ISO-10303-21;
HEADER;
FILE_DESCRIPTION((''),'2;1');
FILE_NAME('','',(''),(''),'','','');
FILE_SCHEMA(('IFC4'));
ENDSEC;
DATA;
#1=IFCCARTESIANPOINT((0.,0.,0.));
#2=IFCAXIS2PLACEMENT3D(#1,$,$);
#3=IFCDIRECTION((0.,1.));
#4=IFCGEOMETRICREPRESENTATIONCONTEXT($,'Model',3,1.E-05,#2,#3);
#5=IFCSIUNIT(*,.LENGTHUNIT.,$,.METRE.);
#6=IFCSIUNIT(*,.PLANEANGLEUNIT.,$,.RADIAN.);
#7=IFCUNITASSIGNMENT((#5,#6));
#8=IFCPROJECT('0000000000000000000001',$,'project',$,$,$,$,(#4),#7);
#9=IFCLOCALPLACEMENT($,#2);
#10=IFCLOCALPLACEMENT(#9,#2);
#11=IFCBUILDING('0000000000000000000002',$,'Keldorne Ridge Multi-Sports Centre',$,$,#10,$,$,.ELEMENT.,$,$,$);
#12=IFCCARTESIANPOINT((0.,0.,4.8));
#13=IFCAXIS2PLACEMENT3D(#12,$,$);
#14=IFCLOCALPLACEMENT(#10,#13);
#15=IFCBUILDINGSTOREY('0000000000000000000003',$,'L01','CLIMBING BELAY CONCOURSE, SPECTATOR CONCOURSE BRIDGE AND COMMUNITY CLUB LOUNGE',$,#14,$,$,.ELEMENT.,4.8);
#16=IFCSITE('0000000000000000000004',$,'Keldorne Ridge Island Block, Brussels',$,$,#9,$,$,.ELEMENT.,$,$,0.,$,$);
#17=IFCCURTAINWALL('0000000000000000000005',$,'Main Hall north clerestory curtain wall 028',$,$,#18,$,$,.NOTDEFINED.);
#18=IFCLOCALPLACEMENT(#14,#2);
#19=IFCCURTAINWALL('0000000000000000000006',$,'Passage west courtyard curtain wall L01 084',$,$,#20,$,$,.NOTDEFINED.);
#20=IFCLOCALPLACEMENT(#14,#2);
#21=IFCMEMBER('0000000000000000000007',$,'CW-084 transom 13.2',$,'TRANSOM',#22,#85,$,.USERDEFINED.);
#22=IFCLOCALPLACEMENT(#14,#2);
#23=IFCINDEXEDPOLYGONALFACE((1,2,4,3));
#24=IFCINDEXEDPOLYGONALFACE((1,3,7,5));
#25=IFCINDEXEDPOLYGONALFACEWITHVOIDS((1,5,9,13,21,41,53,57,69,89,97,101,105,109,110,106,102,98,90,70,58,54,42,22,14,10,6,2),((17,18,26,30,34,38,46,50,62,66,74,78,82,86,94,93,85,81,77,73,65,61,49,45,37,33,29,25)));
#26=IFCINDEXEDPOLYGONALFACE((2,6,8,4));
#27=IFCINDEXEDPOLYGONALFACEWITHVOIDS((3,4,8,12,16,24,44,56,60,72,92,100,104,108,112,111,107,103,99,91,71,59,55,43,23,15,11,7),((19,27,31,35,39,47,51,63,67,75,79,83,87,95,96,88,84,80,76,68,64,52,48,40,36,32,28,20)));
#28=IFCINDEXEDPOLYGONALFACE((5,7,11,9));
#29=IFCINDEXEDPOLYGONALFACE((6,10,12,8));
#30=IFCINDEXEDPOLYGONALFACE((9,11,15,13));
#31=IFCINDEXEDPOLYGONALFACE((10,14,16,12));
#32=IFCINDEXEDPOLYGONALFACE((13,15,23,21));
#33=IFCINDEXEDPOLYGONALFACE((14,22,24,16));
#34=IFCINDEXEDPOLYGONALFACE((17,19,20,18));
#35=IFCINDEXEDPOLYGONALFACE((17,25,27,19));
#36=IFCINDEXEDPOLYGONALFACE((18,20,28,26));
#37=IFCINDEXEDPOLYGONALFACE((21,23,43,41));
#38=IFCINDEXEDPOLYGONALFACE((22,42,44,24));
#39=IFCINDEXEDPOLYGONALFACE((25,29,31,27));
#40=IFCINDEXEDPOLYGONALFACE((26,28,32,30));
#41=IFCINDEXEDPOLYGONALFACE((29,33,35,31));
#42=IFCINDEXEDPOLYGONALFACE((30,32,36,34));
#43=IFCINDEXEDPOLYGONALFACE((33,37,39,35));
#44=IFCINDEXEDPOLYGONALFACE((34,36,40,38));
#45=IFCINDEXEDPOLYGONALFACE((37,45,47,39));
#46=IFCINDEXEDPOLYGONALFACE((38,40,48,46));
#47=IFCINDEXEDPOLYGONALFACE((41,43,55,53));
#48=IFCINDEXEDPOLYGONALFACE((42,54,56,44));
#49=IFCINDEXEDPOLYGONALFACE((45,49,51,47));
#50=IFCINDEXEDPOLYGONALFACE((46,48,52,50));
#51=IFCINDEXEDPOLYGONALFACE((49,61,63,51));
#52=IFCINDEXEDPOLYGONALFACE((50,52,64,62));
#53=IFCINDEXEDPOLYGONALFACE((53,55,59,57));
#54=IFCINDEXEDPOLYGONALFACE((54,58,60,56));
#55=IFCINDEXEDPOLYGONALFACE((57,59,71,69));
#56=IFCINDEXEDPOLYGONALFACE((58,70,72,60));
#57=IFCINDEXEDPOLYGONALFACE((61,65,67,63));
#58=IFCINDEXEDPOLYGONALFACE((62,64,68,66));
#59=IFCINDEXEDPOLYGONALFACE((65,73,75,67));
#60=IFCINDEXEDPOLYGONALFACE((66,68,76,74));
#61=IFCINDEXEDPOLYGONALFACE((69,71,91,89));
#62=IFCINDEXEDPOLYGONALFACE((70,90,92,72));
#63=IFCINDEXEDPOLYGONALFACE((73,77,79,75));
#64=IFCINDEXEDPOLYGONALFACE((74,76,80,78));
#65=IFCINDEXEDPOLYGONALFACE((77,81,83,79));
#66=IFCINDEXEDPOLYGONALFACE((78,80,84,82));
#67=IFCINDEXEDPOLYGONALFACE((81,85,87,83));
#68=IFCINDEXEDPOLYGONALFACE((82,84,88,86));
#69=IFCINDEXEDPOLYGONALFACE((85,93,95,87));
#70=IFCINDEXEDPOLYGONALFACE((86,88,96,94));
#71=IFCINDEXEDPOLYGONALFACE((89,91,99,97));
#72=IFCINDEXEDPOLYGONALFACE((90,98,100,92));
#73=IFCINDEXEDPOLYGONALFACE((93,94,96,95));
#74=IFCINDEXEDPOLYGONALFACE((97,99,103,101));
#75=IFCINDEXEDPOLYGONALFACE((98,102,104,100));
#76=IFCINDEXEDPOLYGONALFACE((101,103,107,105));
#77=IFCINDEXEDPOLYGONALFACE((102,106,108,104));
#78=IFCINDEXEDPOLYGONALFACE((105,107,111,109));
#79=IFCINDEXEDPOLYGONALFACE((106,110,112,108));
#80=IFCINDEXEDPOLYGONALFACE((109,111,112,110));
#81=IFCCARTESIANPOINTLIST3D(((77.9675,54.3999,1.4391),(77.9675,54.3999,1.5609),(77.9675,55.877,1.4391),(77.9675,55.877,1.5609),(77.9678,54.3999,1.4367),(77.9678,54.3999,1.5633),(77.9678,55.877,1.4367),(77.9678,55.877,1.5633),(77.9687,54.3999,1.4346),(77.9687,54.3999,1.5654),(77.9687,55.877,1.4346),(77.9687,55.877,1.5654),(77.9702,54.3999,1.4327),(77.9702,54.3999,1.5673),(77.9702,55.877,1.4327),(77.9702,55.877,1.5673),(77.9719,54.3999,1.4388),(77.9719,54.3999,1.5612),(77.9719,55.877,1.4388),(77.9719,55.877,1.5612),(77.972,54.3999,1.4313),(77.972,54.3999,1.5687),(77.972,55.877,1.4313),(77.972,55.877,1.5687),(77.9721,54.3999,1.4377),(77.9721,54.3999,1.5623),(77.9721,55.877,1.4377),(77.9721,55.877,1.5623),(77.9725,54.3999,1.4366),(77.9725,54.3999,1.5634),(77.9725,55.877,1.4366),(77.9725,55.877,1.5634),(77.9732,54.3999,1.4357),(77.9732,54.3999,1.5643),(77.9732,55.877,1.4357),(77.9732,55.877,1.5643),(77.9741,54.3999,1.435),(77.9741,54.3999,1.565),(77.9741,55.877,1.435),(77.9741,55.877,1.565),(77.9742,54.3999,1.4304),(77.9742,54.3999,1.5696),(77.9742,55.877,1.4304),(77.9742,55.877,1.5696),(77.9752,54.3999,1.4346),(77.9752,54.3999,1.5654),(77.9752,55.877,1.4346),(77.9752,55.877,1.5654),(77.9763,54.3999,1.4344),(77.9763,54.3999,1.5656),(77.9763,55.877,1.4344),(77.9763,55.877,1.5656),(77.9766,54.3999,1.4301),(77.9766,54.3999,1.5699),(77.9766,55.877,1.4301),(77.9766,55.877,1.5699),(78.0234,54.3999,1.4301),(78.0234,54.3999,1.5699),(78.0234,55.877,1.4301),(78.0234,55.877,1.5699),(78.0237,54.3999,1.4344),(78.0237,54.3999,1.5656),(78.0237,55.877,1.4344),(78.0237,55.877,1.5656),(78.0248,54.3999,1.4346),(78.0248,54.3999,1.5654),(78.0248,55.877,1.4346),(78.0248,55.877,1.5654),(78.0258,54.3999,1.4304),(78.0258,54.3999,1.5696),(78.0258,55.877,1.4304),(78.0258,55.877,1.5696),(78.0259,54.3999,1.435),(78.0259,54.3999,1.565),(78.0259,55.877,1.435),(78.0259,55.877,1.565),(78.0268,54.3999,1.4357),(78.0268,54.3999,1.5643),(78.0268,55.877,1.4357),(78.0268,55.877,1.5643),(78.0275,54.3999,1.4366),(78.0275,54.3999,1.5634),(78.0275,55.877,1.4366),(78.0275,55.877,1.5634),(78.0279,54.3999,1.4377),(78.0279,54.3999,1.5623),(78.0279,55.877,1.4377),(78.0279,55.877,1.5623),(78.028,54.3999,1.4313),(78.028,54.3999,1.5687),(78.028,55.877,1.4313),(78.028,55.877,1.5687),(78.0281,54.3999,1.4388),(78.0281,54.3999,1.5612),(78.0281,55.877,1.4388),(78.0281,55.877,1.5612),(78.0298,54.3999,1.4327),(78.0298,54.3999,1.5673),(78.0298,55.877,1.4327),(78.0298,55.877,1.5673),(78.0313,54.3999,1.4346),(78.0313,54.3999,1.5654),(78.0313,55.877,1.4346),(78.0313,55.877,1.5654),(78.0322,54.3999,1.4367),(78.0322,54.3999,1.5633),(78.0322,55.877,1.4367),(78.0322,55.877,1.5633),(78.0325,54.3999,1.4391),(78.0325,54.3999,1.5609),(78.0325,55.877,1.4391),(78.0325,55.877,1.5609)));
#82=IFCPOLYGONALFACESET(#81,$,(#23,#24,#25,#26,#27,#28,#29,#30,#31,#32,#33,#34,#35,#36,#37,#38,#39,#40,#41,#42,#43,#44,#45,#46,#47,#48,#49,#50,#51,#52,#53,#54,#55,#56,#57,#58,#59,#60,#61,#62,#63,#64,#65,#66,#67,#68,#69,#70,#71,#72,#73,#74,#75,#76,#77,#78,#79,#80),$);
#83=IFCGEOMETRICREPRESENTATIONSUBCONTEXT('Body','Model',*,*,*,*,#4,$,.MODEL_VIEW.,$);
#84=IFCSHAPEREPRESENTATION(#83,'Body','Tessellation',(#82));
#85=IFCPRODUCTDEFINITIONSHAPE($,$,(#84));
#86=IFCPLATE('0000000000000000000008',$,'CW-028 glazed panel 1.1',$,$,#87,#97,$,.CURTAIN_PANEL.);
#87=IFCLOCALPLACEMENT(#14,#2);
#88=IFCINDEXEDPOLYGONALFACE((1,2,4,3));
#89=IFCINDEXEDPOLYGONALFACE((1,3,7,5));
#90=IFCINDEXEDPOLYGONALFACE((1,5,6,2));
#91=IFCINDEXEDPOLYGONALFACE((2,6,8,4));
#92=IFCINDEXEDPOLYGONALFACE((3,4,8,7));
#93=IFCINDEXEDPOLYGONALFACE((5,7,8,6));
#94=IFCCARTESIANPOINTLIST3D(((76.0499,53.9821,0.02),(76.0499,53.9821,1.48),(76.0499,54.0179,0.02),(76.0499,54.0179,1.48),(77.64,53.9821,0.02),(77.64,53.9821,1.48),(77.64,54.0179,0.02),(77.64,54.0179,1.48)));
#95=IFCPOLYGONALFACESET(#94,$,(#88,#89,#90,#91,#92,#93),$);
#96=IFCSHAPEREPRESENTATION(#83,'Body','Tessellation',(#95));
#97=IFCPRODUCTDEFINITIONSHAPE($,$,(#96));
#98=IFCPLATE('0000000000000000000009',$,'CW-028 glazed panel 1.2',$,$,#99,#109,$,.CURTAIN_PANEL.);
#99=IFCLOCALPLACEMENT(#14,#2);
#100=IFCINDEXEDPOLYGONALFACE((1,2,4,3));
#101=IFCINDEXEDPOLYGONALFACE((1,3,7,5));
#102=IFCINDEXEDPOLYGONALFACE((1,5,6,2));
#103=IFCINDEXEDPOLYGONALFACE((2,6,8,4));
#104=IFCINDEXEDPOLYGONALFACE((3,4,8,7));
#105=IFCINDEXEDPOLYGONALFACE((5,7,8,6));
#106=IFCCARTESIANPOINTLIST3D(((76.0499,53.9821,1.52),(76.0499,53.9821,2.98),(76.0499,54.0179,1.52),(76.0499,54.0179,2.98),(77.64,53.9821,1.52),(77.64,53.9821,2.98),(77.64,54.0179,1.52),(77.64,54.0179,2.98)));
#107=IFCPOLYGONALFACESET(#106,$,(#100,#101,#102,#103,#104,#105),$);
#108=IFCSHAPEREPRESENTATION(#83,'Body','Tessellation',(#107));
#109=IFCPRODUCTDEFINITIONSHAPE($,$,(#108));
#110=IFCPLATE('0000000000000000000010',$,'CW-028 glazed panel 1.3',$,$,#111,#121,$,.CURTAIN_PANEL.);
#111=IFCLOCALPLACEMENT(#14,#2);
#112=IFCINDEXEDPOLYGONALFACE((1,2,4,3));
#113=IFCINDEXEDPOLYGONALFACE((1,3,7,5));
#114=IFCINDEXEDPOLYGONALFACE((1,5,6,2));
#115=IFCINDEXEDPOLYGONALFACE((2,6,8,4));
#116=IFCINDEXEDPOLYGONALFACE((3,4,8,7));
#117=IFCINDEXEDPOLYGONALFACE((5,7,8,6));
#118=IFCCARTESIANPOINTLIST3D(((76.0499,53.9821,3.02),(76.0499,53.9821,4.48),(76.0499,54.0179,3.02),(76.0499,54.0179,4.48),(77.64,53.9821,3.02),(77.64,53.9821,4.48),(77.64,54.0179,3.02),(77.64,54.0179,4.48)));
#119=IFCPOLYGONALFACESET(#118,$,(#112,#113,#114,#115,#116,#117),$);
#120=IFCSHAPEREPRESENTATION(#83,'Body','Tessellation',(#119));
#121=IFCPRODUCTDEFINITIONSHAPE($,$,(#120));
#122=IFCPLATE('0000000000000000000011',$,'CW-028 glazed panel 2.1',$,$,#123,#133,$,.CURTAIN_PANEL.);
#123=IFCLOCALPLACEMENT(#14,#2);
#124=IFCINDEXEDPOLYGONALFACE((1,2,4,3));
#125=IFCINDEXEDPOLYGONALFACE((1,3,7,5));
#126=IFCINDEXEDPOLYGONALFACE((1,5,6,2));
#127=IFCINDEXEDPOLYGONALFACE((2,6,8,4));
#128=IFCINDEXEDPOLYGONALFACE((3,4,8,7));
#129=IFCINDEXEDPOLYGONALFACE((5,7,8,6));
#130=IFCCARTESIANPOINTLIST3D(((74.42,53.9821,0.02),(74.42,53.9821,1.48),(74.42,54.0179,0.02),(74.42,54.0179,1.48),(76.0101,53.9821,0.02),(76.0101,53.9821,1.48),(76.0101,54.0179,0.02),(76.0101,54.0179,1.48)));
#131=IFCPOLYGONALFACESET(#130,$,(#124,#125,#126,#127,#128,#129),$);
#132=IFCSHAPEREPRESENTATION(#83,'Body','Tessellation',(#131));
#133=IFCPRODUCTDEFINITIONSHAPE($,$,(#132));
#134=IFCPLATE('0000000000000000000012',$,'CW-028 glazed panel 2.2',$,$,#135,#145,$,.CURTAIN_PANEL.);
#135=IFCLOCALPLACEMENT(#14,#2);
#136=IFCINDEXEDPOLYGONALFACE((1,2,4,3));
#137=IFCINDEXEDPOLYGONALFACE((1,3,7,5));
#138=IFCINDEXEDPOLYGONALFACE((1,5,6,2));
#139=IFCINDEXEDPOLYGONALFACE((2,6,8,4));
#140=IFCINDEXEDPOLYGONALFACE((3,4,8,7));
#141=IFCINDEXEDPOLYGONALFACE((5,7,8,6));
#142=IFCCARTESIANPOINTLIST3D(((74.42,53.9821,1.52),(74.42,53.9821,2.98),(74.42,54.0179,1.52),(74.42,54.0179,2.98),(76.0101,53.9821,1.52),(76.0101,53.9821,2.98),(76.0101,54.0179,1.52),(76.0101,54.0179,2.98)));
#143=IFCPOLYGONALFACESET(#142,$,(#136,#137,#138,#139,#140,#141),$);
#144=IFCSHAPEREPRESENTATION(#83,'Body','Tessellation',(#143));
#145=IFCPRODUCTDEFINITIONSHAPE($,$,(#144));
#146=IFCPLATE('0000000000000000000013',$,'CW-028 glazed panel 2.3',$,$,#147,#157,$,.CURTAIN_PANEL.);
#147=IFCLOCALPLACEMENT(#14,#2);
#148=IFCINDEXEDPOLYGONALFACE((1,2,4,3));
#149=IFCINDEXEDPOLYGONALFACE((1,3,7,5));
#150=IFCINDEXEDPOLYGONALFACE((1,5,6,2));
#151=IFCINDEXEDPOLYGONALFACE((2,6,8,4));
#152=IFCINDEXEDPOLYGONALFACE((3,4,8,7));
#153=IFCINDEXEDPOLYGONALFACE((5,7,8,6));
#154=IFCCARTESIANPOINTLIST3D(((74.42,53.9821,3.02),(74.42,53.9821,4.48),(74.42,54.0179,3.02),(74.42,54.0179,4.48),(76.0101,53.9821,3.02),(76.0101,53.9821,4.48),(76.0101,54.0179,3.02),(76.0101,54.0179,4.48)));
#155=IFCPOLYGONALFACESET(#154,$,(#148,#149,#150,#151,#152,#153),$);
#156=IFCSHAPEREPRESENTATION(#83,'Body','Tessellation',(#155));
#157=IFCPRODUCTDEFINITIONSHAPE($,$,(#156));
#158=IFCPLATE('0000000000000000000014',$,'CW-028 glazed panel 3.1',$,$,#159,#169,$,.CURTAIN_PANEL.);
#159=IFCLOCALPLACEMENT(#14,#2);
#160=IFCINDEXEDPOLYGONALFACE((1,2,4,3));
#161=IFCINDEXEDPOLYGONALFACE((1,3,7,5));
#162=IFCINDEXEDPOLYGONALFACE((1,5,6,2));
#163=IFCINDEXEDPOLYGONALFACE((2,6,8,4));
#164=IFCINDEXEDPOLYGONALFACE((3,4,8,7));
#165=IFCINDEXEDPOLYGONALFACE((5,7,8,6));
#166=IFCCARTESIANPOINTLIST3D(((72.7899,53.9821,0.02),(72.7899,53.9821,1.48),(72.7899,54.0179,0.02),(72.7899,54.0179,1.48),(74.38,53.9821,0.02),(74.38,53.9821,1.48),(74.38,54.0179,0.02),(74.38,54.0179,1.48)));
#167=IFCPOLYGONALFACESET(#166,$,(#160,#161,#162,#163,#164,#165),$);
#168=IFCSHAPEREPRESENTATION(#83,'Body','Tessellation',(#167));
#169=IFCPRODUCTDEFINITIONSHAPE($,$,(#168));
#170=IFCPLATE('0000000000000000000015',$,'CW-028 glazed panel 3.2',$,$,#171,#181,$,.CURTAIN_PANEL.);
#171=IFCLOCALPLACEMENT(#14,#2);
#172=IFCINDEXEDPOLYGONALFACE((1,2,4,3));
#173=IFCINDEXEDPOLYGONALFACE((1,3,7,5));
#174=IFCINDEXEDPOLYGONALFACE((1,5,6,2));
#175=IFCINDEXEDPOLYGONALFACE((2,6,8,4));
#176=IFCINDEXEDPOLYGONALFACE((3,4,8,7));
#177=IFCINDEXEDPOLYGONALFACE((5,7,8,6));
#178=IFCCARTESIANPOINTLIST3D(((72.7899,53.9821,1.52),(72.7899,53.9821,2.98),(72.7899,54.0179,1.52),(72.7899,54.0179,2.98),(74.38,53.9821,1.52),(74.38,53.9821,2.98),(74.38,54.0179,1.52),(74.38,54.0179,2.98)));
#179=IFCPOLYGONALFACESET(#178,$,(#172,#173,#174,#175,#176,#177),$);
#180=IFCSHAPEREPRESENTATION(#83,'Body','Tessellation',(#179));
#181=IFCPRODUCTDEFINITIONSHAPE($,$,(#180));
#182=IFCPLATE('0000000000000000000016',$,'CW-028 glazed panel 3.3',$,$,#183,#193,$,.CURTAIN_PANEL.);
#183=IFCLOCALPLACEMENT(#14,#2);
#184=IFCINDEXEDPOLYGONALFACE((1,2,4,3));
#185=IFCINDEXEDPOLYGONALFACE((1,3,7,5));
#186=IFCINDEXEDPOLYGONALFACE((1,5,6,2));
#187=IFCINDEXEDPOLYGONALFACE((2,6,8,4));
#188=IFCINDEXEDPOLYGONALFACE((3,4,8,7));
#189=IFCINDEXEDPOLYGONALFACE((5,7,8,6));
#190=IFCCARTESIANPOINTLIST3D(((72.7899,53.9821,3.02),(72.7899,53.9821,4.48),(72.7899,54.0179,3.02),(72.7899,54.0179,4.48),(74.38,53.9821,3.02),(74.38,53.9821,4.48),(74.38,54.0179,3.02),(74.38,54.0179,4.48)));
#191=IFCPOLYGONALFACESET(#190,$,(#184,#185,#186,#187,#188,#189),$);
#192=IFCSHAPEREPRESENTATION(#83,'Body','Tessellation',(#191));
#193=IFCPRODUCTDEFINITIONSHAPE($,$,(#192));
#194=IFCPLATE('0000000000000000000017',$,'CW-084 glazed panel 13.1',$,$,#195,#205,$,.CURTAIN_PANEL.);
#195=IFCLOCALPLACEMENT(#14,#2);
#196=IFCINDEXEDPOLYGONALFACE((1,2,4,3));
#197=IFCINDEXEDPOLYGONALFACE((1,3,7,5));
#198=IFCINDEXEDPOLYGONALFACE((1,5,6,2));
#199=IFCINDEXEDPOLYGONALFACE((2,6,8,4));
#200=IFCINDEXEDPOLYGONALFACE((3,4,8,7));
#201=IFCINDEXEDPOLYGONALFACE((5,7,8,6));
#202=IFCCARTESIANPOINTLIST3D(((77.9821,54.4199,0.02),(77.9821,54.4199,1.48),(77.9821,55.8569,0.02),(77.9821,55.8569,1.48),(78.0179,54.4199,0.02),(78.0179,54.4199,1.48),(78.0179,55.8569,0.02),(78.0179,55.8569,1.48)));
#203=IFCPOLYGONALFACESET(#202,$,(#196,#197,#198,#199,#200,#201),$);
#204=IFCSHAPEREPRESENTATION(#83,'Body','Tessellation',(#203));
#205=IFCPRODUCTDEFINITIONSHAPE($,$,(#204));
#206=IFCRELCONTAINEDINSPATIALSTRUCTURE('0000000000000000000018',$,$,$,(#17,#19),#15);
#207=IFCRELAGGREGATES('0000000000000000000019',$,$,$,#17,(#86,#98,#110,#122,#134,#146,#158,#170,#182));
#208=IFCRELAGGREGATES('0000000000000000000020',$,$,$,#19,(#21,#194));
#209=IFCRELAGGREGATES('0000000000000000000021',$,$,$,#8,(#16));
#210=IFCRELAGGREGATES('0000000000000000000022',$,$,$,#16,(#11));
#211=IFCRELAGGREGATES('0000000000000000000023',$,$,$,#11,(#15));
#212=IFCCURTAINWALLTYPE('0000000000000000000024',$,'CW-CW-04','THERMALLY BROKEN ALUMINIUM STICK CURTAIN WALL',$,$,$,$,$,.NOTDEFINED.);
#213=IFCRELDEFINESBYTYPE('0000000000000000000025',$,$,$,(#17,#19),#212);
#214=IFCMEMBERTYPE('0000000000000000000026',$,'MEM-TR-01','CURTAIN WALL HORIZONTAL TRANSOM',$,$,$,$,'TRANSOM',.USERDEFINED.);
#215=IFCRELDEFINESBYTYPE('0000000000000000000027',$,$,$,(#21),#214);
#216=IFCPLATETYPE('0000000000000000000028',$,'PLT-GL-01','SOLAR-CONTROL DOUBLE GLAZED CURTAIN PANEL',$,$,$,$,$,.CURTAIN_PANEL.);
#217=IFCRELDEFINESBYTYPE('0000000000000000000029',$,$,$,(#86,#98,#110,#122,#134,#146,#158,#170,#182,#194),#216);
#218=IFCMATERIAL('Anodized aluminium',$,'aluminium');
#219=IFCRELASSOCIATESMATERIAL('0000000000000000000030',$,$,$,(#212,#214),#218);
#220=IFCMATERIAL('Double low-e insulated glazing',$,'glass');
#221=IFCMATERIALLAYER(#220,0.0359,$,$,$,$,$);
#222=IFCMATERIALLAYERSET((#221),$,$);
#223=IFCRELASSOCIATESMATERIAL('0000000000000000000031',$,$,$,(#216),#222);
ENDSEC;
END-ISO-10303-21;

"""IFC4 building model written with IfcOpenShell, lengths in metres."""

from ifc_helpers import new_model, si_unit, direction, frame, origin, origin_2d, place, context, subcontext, project, spatial, rectangle, hollow_rectangle, extrude, material, layer, layer_set, material_profile, profile_set, type_object, element, aggregate, save


model = new_model("IFC4")

# Units and contexts
model_context = context("Model", 3, precision=1e-05, world=origin(), true_north=direction((0.0, 1.0)))
body_context = subcontext(model_context, "Body", "Model", "MODEL_VIEW")
ifc_project = project(units=[si_unit("LENGTHUNIT", "METRE"), si_unit("PLANEANGLEUNIT", "RADIAN")], contexts=[model_context])

# Site, building, storey
site_placement = place(None, origin())
site = spatial("IfcSite", under=ifc_project, at=site_placement, Name="Keldorne Ridge Island Block, Brussels", CompositionType="ELEMENT", RefElevation=0.0)
building_placement = place(site_placement, origin())
building = spatial("IfcBuilding", under=site, at=building_placement, Name="Keldorne Ridge Multi-Sports Centre", CompositionType="ELEMENT")
storey_placement = place(building_placement, frame((0.0, 0.0, 4.8)))
storey = spatial("IfcBuildingStorey", under=building, at=storey_placement, Name="L01", Description="CLIMBING BELAY CONCOURSE, SPECTATOR CONCOURSE BRIDGE AND COMMUNITY CLUB LOUNGE", CompositionType="ELEMENT", Elevation=4.8)

# Curtain walls
ifc_material_1 = material(Name="Anodized aluminium", Category="aluminium")
curtain_wall_type = type_object("IfcCurtainWallType", Name="CW-CW-04", Description="THERMALLY BROKEN ALUMINIUM STICK CURTAIN WALL", PredefinedType="NOTDEFINED", material=ifc_material_1)
curtain_wall_1_placement = place(storey_placement, origin())
curtain_wall_1 = element("IfcCurtainWall", 1, at=curtain_wall_1_placement, inside=storey, type_object=curtain_wall_type, Name="Main Hall north clerestory curtain wall 028", PredefinedType="NOTDEFINED")
curtain_wall_2_placement = place(storey_placement, origin())
curtain_wall_2 = element("IfcCurtainWall", 2, at=curtain_wall_2_placement, inside=storey, type_object=curtain_wall_type, Name="Passage west courtyard curtain wall L01 084", PredefinedType="NOTDEFINED")

# Member
ifc_material_profile_1 = material_profile(ifc_material_1, hollow_rectangle(XDim=0.0649, YDim=0.1399, WallThickness=0.0044, InnerFilletRadius=0.0044, OuterFilletRadius=0.009, at=origin_2d()), Name="ALU TRANSOM 140x65x4.5")
ifc_profile_set_1 = profile_set([ifc_material_profile_1], Name="Anodized aluminium")
member_type_1 = type_object("IfcMemberType", Name="MEM-TR-01", Description="CURTAIN WALL HORIZONTAL TRANSOM", ElementType="TRANSOM", PredefinedType="USERDEFINED", material=ifc_profile_set_1)
member_1_placement = place(storey_placement, frame((78.0, 55.877, 1.5), z_axis=(0.0, -1.0, 0.0), x_axis=(1.0, 0.0, 0.0)))
member_1 = element("IfcMember", 3, at=member_1_placement, type_object=member_type_1, Name="CW-084 transom 13.2", ObjectType="TRANSOM", PredefinedType="USERDEFINED", context=body_context, shape_type="SweptSolid", body=[
    extrude(hollow_rectangle(XDim=0.0649, YDim=0.1399, WallThickness=0.0044, InnerFilletRadius=0.0044, OuterFilletRadius=0.009, at=origin_2d()), origin(), (0.0, 0.0, 1.0), 1.4771),
])

# Plates
ifc_material_2 = material(Name="Double low-e insulated glazing", Category="glass")
ifc_layer = layer(ifc_material_2, 0.0359)
ifc_layer_set = layer_set([ifc_layer])
plate_type = type_object("IfcPlateType", Name="PLT-GL-01", Description="SOLAR-CONTROL DOUBLE GLAZED CURTAIN PANEL", PredefinedType="CURTAIN_PANEL", material=ifc_layer_set)
plate_1_placement = place(storey_placement, frame((76.845, 54.0, 0.02), z_axis=(0.0, 0.0, 1.0), x_axis=(-1.0, 0.0, 0.0)))
plate_1 = element("IfcPlate", 4, at=plate_1_placement, type_object=plate_type, Name="CW-028 glazed panel 1.1", PredefinedType="CURTAIN_PANEL", context=body_context, shape_type="SweptSolid", body=[
    extrude(rectangle(XDim=1.5901, YDim=0.0359, at=origin_2d()), origin(), (0.0, 0.0, 1.0), 1.46),
])
plate_2_placement = place(storey_placement, frame((76.845, 54.0, 1.52), z_axis=(0.0, 0.0, 1.0), x_axis=(-1.0, 0.0, 0.0)))
plate_2 = element("IfcPlate", 5, at=plate_2_placement, type_object=plate_type, Name="CW-028 glazed panel 1.2", PredefinedType="CURTAIN_PANEL", context=body_context, shape_type="SweptSolid", body=[
    extrude(rectangle(XDim=1.5901, YDim=0.0359, at=origin_2d()), origin(), (0.0, 0.0, 1.0), 1.46),
])
plate_3_placement = place(storey_placement, frame((76.845, 54.0, 3.02), z_axis=(0.0, 0.0, 1.0), x_axis=(-1.0, 0.0, 0.0)))
plate_3 = element("IfcPlate", 6, at=plate_3_placement, type_object=plate_type, Name="CW-028 glazed panel 1.3", PredefinedType="CURTAIN_PANEL", context=body_context, shape_type="SweptSolid", body=[
    extrude(rectangle(XDim=1.5901, YDim=0.0359, at=origin_2d()), origin(), (0.0, 0.0, 1.0), 1.46),
])
plate_4_placement = place(storey_placement, frame((75.2151, 54.0, 0.02), z_axis=(0.0, 0.0, 1.0), x_axis=(-1.0, 0.0, 0.0)))
plate_4 = element("IfcPlate", 7, at=plate_4_placement, type_object=plate_type, Name="CW-028 glazed panel 2.1", PredefinedType="CURTAIN_PANEL", context=body_context, shape_type="SweptSolid", body=[
    extrude(rectangle(XDim=1.5901, YDim=0.0359, at=origin_2d()), origin(), (0.0, 0.0, 1.0), 1.46),
])
plate_5_placement = place(storey_placement, frame((75.2151, 54.0, 1.52), z_axis=(0.0, 0.0, 1.0), x_axis=(-1.0, 0.0, 0.0)))
plate_5 = element("IfcPlate", 8, at=plate_5_placement, type_object=plate_type, Name="CW-028 glazed panel 2.2", PredefinedType="CURTAIN_PANEL", context=body_context, shape_type="SweptSolid", body=[
    extrude(rectangle(XDim=1.5901, YDim=0.0359, at=origin_2d()), origin(), (0.0, 0.0, 1.0), 1.46),
])
plate_6_placement = place(storey_placement, frame((75.2151, 54.0, 3.02), z_axis=(0.0, 0.0, 1.0), x_axis=(-1.0, 0.0, 0.0)))
plate_6 = element("IfcPlate", 9, at=plate_6_placement, type_object=plate_type, Name="CW-028 glazed panel 2.3", PredefinedType="CURTAIN_PANEL", context=body_context, shape_type="SweptSolid", body=[
    extrude(rectangle(XDim=1.5901, YDim=0.0359, at=origin_2d()), origin(), (0.0, 0.0, 1.0), 1.46),
])
plate_7_placement = place(storey_placement, frame((73.585, 54.0, 0.02), z_axis=(0.0, 0.0, 1.0), x_axis=(-1.0, 0.0, 0.0)))
plate_7 = element("IfcPlate", 10, at=plate_7_placement, type_object=plate_type, Name="CW-028 glazed panel 3.1", PredefinedType="CURTAIN_PANEL", context=body_context, shape_type="SweptSolid", body=[
    extrude(rectangle(XDim=1.5901, YDim=0.0359, at=origin_2d()), origin(), (0.0, 0.0, 1.0), 1.46),
])
plate_8_placement = place(storey_placement, frame((73.585, 54.0, 1.52), z_axis=(0.0, 0.0, 1.0), x_axis=(-1.0, 0.0, 0.0)))
plate_8 = element("IfcPlate", 11, at=plate_8_placement, type_object=plate_type, Name="CW-028 glazed panel 3.2", PredefinedType="CURTAIN_PANEL", context=body_context, shape_type="SweptSolid", body=[
    extrude(rectangle(XDim=1.5901, YDim=0.0359, at=origin_2d()), origin(), (0.0, 0.0, 1.0), 1.46),
])
plate_9_placement = place(storey_placement, frame((73.585, 54.0, 3.02), z_axis=(0.0, 0.0, 1.0), x_axis=(-1.0, 0.0, 0.0)))
plate_9 = element("IfcPlate", 12, at=plate_9_placement, type_object=plate_type, Name="CW-028 glazed panel 3.3", PredefinedType="CURTAIN_PANEL", context=body_context, shape_type="SweptSolid", body=[
    extrude(rectangle(XDim=1.5901, YDim=0.0359, at=origin_2d()), origin(), (0.0, 0.0, 1.0), 1.46),
])
aggregate(curtain_wall_1, [plate_1, plate_2, plate_3, plate_4, plate_5, plate_6, plate_7, plate_8, plate_9])
plate_10_placement = place(storey_placement, frame((78.0, 55.1384, 0.02), z_axis=(0.0, 0.0, 1.0), x_axis=(0.0, -1.0, 0.0)))
plate_10 = element("IfcPlate", 13, at=plate_10_placement, type_object=plate_type, Name="CW-084 glazed panel 13.1", PredefinedType="CURTAIN_PANEL", context=body_context, shape_type="SweptSolid", body=[
    extrude(rectangle(XDim=1.437, YDim=0.0359, at=origin_2d()), origin(), (0.0, 0.0, 1.0), 1.46),
])
aggregate(curtain_wall_2, [member_1, plate_10])

save(model, "model.ifc")
